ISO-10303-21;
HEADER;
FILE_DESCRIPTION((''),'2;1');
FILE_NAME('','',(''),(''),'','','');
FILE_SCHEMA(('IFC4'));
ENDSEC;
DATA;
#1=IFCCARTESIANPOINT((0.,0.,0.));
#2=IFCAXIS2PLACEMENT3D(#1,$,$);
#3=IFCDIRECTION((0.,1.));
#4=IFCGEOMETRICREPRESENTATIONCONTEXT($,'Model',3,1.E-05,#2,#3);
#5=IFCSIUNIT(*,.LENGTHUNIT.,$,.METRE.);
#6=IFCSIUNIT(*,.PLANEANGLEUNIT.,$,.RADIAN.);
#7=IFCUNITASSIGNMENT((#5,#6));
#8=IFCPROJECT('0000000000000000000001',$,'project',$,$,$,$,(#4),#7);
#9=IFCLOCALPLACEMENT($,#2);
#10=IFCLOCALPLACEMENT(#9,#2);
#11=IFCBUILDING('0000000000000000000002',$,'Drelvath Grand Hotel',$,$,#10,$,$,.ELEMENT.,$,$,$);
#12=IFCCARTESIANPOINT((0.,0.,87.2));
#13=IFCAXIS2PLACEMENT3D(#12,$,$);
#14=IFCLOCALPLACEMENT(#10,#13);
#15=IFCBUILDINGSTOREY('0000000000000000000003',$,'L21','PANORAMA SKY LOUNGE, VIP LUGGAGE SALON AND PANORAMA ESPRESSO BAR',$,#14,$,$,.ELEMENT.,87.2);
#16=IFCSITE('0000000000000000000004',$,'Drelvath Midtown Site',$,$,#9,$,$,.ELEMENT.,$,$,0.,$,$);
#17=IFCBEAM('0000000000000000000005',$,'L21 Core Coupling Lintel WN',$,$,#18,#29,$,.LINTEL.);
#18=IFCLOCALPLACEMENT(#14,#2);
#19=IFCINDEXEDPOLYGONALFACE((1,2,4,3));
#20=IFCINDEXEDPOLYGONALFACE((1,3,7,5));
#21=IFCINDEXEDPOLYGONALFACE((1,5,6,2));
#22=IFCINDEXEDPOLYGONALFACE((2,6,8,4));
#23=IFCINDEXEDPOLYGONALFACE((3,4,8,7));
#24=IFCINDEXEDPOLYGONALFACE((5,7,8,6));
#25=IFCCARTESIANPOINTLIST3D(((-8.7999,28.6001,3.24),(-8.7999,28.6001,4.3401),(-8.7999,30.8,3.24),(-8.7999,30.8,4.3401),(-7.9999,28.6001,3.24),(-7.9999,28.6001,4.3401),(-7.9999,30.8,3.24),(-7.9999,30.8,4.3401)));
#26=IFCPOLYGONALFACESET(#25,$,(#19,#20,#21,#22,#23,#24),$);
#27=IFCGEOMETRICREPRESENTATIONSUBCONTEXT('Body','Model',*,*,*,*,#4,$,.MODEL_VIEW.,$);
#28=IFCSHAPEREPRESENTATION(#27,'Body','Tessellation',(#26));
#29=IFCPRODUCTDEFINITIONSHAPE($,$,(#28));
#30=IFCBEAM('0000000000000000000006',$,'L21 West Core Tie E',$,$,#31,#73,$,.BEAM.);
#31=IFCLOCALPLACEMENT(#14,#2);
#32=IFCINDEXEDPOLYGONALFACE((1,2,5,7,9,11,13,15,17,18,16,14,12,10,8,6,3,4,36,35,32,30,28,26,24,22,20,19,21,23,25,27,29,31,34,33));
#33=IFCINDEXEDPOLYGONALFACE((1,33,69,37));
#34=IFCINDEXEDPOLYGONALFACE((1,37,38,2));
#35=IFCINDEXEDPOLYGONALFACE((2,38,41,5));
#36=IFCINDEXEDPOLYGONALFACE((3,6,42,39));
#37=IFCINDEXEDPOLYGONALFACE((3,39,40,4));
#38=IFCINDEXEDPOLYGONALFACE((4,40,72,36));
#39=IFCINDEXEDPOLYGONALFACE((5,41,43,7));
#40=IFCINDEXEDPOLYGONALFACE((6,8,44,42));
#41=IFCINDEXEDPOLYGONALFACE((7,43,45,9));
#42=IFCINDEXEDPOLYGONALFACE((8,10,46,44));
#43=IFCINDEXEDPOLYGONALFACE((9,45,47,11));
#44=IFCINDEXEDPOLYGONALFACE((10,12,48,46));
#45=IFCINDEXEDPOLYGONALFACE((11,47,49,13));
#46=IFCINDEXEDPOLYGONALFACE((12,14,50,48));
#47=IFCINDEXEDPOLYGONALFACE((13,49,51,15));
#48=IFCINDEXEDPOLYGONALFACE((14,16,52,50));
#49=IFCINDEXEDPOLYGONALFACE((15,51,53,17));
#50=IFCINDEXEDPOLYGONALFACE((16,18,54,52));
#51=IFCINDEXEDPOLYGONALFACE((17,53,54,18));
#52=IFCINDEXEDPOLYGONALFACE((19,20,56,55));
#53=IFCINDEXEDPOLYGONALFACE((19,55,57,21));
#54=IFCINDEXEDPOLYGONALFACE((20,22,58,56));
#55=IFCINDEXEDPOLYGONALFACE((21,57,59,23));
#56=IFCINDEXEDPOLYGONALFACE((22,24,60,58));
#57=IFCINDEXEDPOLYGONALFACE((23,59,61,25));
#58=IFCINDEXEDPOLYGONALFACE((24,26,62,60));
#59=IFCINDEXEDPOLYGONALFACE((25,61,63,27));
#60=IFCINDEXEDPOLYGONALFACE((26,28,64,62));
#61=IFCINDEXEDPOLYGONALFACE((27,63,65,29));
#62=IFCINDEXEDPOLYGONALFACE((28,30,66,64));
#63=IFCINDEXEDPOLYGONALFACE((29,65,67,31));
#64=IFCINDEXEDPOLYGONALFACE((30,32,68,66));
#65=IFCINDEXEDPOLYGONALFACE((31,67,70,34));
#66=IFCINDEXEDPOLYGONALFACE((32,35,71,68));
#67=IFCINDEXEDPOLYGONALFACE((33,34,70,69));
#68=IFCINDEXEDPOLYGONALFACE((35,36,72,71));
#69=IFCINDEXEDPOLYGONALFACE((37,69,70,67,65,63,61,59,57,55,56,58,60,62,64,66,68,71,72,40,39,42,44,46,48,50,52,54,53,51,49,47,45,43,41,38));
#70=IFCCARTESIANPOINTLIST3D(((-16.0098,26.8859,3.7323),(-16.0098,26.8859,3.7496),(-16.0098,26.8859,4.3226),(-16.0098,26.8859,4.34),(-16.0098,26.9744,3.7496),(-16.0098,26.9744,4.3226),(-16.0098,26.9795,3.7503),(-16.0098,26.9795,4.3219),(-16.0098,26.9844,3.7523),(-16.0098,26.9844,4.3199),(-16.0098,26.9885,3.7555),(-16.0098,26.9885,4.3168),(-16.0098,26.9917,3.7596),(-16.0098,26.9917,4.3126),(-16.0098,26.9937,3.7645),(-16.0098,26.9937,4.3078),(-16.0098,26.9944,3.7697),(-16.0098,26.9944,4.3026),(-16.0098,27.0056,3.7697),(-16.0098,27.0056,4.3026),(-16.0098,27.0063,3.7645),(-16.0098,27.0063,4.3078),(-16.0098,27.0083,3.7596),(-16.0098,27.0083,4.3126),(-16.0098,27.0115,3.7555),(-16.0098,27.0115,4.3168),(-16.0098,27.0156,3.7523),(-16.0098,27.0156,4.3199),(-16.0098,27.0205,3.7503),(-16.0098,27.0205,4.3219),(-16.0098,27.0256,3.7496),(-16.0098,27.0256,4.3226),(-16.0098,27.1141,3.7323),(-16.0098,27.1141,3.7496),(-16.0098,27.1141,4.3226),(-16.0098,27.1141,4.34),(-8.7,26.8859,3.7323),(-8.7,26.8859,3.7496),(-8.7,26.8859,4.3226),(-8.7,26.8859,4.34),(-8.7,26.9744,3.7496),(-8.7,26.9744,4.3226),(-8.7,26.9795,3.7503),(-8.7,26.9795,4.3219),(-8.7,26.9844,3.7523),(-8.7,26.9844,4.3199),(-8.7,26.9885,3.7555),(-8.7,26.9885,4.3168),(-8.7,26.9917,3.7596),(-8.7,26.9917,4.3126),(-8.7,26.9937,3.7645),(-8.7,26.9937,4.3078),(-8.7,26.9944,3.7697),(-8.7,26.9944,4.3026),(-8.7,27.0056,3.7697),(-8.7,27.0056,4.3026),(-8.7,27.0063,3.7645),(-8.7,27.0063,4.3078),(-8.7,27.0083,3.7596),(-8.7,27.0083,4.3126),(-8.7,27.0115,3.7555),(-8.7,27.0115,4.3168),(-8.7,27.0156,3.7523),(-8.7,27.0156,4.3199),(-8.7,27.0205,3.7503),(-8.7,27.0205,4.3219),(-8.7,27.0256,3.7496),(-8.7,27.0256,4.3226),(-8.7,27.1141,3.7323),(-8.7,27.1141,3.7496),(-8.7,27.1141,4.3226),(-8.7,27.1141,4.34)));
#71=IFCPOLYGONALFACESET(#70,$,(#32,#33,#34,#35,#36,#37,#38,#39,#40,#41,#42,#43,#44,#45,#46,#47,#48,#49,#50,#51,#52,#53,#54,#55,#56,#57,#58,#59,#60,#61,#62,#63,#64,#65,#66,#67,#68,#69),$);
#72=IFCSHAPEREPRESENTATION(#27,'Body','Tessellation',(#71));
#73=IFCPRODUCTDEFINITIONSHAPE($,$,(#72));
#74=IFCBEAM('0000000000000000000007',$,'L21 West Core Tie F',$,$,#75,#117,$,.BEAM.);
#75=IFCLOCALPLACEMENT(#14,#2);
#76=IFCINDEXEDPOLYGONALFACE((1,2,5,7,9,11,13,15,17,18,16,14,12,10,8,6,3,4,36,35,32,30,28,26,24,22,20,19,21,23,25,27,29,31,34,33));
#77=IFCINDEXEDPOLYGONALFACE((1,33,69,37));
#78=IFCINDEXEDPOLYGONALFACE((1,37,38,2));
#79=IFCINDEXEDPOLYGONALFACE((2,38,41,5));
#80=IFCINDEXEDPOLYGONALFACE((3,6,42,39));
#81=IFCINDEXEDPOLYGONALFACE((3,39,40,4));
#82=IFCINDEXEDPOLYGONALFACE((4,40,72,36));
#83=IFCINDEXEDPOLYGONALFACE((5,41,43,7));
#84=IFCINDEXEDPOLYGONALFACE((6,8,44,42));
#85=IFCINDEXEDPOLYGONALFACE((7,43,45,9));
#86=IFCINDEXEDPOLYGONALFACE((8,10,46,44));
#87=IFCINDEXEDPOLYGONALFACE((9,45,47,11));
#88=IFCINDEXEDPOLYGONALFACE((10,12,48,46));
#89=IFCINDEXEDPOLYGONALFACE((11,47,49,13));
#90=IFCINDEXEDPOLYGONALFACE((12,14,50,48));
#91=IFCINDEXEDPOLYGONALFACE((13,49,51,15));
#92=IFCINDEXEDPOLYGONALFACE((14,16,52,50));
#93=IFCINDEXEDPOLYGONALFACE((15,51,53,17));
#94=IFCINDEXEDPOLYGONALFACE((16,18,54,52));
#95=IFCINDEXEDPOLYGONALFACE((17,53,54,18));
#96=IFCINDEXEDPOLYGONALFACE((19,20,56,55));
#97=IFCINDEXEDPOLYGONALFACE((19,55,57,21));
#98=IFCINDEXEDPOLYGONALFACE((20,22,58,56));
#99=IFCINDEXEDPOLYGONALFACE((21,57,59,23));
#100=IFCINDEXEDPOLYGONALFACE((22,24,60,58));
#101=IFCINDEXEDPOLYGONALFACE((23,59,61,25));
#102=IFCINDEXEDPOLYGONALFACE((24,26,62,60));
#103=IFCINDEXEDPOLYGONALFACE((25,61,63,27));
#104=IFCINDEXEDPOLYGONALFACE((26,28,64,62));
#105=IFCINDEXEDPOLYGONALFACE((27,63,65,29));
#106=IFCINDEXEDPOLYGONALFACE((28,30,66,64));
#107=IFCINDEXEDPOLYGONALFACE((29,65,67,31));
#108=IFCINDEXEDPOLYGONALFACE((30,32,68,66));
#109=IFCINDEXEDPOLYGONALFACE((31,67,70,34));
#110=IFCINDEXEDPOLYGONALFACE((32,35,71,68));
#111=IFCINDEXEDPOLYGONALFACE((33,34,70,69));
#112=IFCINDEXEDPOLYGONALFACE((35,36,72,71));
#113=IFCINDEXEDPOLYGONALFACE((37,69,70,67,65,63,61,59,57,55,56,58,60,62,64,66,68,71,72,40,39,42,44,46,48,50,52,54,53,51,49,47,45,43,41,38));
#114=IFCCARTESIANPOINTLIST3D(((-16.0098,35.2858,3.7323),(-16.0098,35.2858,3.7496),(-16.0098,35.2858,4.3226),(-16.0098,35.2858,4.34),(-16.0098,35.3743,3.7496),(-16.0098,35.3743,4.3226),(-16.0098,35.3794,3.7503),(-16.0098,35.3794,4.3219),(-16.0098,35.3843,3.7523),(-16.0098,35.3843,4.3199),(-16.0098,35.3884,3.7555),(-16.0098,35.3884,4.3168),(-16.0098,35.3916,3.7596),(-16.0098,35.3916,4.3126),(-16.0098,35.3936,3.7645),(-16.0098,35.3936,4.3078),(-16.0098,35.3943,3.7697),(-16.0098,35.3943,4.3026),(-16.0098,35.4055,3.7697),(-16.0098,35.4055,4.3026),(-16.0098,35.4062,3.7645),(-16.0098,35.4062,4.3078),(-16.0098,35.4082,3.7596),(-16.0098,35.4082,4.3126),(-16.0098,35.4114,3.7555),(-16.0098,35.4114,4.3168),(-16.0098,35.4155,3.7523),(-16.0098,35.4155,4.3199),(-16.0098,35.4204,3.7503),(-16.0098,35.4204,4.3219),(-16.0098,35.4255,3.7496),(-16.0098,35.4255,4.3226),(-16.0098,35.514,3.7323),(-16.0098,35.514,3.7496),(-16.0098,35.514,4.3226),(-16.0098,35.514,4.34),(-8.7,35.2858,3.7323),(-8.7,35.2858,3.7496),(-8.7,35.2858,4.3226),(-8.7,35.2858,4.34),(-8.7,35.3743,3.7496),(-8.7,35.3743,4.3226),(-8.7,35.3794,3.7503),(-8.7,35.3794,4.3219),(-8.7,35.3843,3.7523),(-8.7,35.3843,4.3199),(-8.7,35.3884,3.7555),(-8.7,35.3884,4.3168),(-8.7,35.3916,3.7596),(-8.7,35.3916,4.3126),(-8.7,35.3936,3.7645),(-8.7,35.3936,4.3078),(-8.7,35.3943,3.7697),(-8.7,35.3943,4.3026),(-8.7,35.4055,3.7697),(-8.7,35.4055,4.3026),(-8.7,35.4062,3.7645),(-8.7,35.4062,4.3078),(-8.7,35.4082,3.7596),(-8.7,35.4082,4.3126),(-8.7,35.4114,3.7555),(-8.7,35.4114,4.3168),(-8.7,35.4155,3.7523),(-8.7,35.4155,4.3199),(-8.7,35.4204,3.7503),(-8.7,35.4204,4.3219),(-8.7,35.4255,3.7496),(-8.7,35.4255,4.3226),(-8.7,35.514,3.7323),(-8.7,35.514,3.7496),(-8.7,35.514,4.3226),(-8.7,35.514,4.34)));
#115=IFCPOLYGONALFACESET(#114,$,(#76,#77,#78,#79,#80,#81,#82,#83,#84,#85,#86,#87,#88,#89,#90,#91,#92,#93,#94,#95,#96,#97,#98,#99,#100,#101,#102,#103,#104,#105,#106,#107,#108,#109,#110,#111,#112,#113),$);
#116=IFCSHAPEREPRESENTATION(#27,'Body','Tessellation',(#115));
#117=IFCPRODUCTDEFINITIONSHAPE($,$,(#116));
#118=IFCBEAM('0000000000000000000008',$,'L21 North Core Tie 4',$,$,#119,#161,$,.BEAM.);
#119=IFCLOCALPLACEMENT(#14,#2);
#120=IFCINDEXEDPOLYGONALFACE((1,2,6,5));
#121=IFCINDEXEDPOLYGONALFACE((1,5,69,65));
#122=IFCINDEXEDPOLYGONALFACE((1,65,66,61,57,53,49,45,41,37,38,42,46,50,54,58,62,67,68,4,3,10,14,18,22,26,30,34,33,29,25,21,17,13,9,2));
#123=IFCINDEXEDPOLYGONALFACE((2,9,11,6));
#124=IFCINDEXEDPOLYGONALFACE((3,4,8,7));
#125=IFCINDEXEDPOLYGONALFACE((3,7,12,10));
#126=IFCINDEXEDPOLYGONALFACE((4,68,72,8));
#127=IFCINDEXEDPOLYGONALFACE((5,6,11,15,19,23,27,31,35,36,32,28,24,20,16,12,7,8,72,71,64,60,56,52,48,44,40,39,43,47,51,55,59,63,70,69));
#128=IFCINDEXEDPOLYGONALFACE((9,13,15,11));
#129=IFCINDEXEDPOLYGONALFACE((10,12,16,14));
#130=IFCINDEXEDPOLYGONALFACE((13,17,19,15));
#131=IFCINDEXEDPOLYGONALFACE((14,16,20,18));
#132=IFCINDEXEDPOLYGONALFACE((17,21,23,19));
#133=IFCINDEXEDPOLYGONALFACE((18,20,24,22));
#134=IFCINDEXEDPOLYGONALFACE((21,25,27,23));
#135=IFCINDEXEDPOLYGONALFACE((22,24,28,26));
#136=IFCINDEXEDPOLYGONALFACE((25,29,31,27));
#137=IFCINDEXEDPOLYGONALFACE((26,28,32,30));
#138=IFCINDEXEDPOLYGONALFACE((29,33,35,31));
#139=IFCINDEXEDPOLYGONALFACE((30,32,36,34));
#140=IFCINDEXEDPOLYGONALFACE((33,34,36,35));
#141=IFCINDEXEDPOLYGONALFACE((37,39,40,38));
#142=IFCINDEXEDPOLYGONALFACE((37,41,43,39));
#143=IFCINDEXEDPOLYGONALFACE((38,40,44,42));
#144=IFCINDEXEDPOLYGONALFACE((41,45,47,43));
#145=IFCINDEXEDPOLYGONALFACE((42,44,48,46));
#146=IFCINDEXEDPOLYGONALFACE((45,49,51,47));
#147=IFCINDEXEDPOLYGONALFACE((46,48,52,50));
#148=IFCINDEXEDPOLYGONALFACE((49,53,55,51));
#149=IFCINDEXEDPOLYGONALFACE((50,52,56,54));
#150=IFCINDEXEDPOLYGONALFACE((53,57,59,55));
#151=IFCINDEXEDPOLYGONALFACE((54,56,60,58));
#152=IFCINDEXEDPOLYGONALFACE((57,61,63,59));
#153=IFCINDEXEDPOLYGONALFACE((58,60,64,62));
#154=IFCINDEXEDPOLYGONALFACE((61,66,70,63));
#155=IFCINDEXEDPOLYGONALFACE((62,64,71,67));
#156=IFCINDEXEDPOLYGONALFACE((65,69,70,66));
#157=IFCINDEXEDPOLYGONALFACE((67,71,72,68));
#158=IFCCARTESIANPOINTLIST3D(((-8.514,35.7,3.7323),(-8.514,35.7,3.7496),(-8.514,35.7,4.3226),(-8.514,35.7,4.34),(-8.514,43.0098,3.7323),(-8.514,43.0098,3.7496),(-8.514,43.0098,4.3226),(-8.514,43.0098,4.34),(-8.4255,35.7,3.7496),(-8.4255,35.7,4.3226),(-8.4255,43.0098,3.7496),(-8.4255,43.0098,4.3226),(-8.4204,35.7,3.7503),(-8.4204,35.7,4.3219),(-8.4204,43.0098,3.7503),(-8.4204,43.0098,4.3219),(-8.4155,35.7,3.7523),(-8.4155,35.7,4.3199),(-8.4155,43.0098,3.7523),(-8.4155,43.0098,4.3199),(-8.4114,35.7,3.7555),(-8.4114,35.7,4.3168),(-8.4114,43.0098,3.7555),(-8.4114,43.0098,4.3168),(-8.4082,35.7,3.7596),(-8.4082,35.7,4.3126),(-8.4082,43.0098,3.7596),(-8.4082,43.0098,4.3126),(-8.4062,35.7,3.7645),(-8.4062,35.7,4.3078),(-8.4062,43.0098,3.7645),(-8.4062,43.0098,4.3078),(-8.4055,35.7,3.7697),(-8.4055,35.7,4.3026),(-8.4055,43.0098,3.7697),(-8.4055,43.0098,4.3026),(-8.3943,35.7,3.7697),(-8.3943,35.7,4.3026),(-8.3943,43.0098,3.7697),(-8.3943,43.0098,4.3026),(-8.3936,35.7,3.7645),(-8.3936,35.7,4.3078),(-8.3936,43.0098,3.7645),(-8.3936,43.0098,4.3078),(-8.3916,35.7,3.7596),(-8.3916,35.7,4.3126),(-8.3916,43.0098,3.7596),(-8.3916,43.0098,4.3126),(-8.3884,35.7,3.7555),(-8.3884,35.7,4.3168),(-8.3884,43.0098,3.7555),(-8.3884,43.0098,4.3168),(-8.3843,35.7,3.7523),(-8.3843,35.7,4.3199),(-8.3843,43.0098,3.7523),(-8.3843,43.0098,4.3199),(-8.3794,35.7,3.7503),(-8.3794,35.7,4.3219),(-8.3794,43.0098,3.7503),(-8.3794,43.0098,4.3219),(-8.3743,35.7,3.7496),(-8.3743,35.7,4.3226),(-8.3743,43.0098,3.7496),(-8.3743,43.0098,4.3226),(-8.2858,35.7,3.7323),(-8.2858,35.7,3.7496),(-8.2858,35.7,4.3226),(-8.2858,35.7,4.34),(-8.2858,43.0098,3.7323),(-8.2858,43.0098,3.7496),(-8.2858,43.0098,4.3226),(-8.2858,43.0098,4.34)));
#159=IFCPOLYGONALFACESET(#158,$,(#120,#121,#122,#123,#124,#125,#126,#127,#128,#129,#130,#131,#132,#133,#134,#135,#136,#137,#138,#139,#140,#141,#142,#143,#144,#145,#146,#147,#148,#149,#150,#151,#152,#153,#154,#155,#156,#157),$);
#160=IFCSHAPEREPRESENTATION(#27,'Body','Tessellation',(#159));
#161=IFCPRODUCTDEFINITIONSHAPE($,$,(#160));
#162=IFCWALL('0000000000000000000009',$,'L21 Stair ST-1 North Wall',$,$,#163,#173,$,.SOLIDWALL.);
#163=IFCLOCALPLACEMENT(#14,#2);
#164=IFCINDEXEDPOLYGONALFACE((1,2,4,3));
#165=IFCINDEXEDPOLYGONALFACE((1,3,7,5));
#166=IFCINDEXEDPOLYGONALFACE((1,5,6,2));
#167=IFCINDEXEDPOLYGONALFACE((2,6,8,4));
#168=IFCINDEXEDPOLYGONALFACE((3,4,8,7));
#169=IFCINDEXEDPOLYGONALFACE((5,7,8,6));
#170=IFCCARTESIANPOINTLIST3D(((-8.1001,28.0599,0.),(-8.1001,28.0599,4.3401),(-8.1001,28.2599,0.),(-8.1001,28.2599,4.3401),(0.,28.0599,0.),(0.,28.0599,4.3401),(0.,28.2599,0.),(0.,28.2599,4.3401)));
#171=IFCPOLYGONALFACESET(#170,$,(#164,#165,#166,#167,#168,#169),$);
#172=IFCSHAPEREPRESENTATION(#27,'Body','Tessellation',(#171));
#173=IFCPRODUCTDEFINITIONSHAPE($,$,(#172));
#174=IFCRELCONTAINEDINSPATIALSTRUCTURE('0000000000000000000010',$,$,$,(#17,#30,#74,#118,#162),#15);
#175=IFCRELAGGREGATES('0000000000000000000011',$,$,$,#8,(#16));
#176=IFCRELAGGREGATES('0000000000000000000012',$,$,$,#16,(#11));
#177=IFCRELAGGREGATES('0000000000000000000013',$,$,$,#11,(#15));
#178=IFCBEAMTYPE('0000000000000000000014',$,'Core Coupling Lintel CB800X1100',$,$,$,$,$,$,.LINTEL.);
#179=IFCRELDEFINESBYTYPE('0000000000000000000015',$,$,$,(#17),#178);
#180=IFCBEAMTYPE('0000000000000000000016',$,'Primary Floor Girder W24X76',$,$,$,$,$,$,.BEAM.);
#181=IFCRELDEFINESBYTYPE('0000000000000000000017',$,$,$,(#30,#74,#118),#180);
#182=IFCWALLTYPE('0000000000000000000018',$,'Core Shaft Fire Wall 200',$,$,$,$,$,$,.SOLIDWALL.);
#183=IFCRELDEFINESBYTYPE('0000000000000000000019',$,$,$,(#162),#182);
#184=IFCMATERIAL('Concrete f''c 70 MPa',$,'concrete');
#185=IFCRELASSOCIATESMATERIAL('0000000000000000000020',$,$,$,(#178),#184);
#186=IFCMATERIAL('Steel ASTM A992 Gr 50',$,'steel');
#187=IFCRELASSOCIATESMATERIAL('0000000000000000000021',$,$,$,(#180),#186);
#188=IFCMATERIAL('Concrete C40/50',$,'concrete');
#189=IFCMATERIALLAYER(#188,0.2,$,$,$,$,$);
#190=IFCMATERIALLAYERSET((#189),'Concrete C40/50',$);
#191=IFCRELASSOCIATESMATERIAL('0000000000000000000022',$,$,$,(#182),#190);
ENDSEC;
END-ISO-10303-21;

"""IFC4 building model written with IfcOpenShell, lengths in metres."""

from ifc_helpers import new_model, si_unit, direction, frame, frame_2d, origin, origin_2d, place, context, subcontext, project, spatial, rectangle, i_section, extrude, material, layer, layer_set, material_profile, profile_set, type_object, element, save


model = new_model("IFC4")

# Units and contexts
model_context = context("Model", 3, precision=1e-05, world=origin(), true_north=direction((0.0, 1.0)))
body_context = subcontext(model_context, "Body", "Model", "MODEL_VIEW")
ifc_project = project(units=[si_unit("LENGTHUNIT", "METRE"), si_unit("PLANEANGLEUNIT", "RADIAN")], contexts=[model_context])

# Site, building, storey
site_placement = place(None, origin())
site = spatial("IfcSite", under=ifc_project, at=site_placement, Name="Drelvath Midtown Site", CompositionType="ELEMENT", RefElevation=0.0)
building_placement = place(site_placement, origin())
building = spatial("IfcBuilding", under=site, at=building_placement, Name="Drelvath Grand Hotel", CompositionType="ELEMENT")
storey_placement = place(building_placement, frame((0.0, 0.0, 87.2)))
storey = spatial("IfcBuildingStorey", under=building, at=storey_placement, Name="L21", Description="PANORAMA SKY LOUNGE, VIP LUGGAGE SALON AND PANORAMA ESPRESSO BAR", CompositionType="ELEMENT", Elevation=87.2)

# Beams
ifc_material_1 = material(Name="Concrete f'c 70 MPa", Category="concrete")
ifc_material_profile_1 = material_profile(ifc_material_1, rectangle(XDim=0.8, YDim=1.1001, at=origin_2d()), Name="CB800X1100")
ifc_profile_set_1 = profile_set([ifc_material_profile_1], Name="Concrete f'c 70 MPa")
beam_type_1 = type_object("IfcBeamType", Name="Core Coupling Lintel CB800X1100", PredefinedType="LINTEL", material=ifc_profile_set_1)
beam_placement = place(storey_placement, frame((-8.3999, 28.6001, 3.79), z_axis=(0.0, 1.0, 0.0), x_axis=(-1.0, 0.0, 0.0)))
element("IfcBeam", 1, at=beam_placement, inside=storey, type_object=beam_type_1, Name="L21 Core Coupling Lintel WN", PredefinedType="LINTEL", context=body_context, shape_type="SweptSolid", body=[
    extrude(rectangle(XDim=0.8, YDim=1.1001, at=origin_2d()), origin(), (0.0, 0.0, 1.0), 2.2),
])
ifc_material_2 = material(Name="Steel ASTM A992 Gr 50", Category="steel")
ifc_material_profile_2 = material_profile(ifc_material_2, i_section(OverallWidth=0.2283, OverallDepth=0.6077, WebThickness=0.0112, FlangeThickness=0.0173, FilletRadius=0.02, at=origin_2d()), Name="W24X76")
ifc_profile_set_2 = profile_set([ifc_material_profile_2], Name="Steel ASTM A992 Gr 50")
beam_type_2 = type_object("IfcBeamType", Name="Primary Floor Girder W24X76", PredefinedType="BEAM", material=ifc_profile_set_2)
for number, where, z_axis, x_axis, name in (
    (2, (-16.0098, 27.0, 4.0361), (1.0, 0.0, 0.0), (0.0, 1.0, 0.0), "L21 West Core Tie E"),
    (3, (-16.0098, 35.3999, 4.0361), (1.0, 0.0, 0.0), (0.0, 1.0, 0.0), "L21 West Core Tie F"),
    (4, (-8.3999, 35.7, 4.0361), (0.0, 1.0, 0.0), (-1.0, 0.0, 0.0), "L21 North Core Tie 4"),
):
    element("IfcBeam", number, at=place(storey_placement, frame(where, z_axis=z_axis, x_axis=x_axis)), inside=storey, type_object=beam_type_2, Name=name, PredefinedType="BEAM", context=body_context, shape_type="SweptSolid", body=[
        extrude(i_section(OverallWidth=0.2283, OverallDepth=0.6077, WebThickness=0.0112, FlangeThickness=0.0173, FilletRadius=0.02, at=origin_2d()), origin(), (0.0, 0.0, 1.0), 7.3098),
    ])

# Wall
ifc_material_3 = material(Name="Concrete C40/50", Category="concrete")
ifc_layer_1 = layer(ifc_material_3, 0.2)
ifc_layer_set_1 = layer_set([ifc_layer_1], Name="Concrete C40/50")
wall_type_1 = type_object("IfcWallType", Name="Core Shaft Fire Wall 200", PredefinedType="SOLIDWALL", material=ifc_layer_set_1)
wall_1_placement = place(storey_placement, frame((-8.1001, 28.1599, 0.0), z_axis=(0.0, 0.0, 1.0), x_axis=(1.0, 0.0, 0.0)))
element("IfcWall", 5, at=wall_1_placement, inside=storey, type_object=wall_type_1, Name="L21 Stair ST-1 North Wall", PredefinedType="SOLIDWALL", context=body_context, shape_type="SweptSolid", body=[
    extrude(rectangle(XDim=8.1001, YDim=0.2, at=frame_2d((4.05, 0.0))), origin(), (0.0, 0.0, 1.0), 4.3401),
])

save(model, "model.ifc")
